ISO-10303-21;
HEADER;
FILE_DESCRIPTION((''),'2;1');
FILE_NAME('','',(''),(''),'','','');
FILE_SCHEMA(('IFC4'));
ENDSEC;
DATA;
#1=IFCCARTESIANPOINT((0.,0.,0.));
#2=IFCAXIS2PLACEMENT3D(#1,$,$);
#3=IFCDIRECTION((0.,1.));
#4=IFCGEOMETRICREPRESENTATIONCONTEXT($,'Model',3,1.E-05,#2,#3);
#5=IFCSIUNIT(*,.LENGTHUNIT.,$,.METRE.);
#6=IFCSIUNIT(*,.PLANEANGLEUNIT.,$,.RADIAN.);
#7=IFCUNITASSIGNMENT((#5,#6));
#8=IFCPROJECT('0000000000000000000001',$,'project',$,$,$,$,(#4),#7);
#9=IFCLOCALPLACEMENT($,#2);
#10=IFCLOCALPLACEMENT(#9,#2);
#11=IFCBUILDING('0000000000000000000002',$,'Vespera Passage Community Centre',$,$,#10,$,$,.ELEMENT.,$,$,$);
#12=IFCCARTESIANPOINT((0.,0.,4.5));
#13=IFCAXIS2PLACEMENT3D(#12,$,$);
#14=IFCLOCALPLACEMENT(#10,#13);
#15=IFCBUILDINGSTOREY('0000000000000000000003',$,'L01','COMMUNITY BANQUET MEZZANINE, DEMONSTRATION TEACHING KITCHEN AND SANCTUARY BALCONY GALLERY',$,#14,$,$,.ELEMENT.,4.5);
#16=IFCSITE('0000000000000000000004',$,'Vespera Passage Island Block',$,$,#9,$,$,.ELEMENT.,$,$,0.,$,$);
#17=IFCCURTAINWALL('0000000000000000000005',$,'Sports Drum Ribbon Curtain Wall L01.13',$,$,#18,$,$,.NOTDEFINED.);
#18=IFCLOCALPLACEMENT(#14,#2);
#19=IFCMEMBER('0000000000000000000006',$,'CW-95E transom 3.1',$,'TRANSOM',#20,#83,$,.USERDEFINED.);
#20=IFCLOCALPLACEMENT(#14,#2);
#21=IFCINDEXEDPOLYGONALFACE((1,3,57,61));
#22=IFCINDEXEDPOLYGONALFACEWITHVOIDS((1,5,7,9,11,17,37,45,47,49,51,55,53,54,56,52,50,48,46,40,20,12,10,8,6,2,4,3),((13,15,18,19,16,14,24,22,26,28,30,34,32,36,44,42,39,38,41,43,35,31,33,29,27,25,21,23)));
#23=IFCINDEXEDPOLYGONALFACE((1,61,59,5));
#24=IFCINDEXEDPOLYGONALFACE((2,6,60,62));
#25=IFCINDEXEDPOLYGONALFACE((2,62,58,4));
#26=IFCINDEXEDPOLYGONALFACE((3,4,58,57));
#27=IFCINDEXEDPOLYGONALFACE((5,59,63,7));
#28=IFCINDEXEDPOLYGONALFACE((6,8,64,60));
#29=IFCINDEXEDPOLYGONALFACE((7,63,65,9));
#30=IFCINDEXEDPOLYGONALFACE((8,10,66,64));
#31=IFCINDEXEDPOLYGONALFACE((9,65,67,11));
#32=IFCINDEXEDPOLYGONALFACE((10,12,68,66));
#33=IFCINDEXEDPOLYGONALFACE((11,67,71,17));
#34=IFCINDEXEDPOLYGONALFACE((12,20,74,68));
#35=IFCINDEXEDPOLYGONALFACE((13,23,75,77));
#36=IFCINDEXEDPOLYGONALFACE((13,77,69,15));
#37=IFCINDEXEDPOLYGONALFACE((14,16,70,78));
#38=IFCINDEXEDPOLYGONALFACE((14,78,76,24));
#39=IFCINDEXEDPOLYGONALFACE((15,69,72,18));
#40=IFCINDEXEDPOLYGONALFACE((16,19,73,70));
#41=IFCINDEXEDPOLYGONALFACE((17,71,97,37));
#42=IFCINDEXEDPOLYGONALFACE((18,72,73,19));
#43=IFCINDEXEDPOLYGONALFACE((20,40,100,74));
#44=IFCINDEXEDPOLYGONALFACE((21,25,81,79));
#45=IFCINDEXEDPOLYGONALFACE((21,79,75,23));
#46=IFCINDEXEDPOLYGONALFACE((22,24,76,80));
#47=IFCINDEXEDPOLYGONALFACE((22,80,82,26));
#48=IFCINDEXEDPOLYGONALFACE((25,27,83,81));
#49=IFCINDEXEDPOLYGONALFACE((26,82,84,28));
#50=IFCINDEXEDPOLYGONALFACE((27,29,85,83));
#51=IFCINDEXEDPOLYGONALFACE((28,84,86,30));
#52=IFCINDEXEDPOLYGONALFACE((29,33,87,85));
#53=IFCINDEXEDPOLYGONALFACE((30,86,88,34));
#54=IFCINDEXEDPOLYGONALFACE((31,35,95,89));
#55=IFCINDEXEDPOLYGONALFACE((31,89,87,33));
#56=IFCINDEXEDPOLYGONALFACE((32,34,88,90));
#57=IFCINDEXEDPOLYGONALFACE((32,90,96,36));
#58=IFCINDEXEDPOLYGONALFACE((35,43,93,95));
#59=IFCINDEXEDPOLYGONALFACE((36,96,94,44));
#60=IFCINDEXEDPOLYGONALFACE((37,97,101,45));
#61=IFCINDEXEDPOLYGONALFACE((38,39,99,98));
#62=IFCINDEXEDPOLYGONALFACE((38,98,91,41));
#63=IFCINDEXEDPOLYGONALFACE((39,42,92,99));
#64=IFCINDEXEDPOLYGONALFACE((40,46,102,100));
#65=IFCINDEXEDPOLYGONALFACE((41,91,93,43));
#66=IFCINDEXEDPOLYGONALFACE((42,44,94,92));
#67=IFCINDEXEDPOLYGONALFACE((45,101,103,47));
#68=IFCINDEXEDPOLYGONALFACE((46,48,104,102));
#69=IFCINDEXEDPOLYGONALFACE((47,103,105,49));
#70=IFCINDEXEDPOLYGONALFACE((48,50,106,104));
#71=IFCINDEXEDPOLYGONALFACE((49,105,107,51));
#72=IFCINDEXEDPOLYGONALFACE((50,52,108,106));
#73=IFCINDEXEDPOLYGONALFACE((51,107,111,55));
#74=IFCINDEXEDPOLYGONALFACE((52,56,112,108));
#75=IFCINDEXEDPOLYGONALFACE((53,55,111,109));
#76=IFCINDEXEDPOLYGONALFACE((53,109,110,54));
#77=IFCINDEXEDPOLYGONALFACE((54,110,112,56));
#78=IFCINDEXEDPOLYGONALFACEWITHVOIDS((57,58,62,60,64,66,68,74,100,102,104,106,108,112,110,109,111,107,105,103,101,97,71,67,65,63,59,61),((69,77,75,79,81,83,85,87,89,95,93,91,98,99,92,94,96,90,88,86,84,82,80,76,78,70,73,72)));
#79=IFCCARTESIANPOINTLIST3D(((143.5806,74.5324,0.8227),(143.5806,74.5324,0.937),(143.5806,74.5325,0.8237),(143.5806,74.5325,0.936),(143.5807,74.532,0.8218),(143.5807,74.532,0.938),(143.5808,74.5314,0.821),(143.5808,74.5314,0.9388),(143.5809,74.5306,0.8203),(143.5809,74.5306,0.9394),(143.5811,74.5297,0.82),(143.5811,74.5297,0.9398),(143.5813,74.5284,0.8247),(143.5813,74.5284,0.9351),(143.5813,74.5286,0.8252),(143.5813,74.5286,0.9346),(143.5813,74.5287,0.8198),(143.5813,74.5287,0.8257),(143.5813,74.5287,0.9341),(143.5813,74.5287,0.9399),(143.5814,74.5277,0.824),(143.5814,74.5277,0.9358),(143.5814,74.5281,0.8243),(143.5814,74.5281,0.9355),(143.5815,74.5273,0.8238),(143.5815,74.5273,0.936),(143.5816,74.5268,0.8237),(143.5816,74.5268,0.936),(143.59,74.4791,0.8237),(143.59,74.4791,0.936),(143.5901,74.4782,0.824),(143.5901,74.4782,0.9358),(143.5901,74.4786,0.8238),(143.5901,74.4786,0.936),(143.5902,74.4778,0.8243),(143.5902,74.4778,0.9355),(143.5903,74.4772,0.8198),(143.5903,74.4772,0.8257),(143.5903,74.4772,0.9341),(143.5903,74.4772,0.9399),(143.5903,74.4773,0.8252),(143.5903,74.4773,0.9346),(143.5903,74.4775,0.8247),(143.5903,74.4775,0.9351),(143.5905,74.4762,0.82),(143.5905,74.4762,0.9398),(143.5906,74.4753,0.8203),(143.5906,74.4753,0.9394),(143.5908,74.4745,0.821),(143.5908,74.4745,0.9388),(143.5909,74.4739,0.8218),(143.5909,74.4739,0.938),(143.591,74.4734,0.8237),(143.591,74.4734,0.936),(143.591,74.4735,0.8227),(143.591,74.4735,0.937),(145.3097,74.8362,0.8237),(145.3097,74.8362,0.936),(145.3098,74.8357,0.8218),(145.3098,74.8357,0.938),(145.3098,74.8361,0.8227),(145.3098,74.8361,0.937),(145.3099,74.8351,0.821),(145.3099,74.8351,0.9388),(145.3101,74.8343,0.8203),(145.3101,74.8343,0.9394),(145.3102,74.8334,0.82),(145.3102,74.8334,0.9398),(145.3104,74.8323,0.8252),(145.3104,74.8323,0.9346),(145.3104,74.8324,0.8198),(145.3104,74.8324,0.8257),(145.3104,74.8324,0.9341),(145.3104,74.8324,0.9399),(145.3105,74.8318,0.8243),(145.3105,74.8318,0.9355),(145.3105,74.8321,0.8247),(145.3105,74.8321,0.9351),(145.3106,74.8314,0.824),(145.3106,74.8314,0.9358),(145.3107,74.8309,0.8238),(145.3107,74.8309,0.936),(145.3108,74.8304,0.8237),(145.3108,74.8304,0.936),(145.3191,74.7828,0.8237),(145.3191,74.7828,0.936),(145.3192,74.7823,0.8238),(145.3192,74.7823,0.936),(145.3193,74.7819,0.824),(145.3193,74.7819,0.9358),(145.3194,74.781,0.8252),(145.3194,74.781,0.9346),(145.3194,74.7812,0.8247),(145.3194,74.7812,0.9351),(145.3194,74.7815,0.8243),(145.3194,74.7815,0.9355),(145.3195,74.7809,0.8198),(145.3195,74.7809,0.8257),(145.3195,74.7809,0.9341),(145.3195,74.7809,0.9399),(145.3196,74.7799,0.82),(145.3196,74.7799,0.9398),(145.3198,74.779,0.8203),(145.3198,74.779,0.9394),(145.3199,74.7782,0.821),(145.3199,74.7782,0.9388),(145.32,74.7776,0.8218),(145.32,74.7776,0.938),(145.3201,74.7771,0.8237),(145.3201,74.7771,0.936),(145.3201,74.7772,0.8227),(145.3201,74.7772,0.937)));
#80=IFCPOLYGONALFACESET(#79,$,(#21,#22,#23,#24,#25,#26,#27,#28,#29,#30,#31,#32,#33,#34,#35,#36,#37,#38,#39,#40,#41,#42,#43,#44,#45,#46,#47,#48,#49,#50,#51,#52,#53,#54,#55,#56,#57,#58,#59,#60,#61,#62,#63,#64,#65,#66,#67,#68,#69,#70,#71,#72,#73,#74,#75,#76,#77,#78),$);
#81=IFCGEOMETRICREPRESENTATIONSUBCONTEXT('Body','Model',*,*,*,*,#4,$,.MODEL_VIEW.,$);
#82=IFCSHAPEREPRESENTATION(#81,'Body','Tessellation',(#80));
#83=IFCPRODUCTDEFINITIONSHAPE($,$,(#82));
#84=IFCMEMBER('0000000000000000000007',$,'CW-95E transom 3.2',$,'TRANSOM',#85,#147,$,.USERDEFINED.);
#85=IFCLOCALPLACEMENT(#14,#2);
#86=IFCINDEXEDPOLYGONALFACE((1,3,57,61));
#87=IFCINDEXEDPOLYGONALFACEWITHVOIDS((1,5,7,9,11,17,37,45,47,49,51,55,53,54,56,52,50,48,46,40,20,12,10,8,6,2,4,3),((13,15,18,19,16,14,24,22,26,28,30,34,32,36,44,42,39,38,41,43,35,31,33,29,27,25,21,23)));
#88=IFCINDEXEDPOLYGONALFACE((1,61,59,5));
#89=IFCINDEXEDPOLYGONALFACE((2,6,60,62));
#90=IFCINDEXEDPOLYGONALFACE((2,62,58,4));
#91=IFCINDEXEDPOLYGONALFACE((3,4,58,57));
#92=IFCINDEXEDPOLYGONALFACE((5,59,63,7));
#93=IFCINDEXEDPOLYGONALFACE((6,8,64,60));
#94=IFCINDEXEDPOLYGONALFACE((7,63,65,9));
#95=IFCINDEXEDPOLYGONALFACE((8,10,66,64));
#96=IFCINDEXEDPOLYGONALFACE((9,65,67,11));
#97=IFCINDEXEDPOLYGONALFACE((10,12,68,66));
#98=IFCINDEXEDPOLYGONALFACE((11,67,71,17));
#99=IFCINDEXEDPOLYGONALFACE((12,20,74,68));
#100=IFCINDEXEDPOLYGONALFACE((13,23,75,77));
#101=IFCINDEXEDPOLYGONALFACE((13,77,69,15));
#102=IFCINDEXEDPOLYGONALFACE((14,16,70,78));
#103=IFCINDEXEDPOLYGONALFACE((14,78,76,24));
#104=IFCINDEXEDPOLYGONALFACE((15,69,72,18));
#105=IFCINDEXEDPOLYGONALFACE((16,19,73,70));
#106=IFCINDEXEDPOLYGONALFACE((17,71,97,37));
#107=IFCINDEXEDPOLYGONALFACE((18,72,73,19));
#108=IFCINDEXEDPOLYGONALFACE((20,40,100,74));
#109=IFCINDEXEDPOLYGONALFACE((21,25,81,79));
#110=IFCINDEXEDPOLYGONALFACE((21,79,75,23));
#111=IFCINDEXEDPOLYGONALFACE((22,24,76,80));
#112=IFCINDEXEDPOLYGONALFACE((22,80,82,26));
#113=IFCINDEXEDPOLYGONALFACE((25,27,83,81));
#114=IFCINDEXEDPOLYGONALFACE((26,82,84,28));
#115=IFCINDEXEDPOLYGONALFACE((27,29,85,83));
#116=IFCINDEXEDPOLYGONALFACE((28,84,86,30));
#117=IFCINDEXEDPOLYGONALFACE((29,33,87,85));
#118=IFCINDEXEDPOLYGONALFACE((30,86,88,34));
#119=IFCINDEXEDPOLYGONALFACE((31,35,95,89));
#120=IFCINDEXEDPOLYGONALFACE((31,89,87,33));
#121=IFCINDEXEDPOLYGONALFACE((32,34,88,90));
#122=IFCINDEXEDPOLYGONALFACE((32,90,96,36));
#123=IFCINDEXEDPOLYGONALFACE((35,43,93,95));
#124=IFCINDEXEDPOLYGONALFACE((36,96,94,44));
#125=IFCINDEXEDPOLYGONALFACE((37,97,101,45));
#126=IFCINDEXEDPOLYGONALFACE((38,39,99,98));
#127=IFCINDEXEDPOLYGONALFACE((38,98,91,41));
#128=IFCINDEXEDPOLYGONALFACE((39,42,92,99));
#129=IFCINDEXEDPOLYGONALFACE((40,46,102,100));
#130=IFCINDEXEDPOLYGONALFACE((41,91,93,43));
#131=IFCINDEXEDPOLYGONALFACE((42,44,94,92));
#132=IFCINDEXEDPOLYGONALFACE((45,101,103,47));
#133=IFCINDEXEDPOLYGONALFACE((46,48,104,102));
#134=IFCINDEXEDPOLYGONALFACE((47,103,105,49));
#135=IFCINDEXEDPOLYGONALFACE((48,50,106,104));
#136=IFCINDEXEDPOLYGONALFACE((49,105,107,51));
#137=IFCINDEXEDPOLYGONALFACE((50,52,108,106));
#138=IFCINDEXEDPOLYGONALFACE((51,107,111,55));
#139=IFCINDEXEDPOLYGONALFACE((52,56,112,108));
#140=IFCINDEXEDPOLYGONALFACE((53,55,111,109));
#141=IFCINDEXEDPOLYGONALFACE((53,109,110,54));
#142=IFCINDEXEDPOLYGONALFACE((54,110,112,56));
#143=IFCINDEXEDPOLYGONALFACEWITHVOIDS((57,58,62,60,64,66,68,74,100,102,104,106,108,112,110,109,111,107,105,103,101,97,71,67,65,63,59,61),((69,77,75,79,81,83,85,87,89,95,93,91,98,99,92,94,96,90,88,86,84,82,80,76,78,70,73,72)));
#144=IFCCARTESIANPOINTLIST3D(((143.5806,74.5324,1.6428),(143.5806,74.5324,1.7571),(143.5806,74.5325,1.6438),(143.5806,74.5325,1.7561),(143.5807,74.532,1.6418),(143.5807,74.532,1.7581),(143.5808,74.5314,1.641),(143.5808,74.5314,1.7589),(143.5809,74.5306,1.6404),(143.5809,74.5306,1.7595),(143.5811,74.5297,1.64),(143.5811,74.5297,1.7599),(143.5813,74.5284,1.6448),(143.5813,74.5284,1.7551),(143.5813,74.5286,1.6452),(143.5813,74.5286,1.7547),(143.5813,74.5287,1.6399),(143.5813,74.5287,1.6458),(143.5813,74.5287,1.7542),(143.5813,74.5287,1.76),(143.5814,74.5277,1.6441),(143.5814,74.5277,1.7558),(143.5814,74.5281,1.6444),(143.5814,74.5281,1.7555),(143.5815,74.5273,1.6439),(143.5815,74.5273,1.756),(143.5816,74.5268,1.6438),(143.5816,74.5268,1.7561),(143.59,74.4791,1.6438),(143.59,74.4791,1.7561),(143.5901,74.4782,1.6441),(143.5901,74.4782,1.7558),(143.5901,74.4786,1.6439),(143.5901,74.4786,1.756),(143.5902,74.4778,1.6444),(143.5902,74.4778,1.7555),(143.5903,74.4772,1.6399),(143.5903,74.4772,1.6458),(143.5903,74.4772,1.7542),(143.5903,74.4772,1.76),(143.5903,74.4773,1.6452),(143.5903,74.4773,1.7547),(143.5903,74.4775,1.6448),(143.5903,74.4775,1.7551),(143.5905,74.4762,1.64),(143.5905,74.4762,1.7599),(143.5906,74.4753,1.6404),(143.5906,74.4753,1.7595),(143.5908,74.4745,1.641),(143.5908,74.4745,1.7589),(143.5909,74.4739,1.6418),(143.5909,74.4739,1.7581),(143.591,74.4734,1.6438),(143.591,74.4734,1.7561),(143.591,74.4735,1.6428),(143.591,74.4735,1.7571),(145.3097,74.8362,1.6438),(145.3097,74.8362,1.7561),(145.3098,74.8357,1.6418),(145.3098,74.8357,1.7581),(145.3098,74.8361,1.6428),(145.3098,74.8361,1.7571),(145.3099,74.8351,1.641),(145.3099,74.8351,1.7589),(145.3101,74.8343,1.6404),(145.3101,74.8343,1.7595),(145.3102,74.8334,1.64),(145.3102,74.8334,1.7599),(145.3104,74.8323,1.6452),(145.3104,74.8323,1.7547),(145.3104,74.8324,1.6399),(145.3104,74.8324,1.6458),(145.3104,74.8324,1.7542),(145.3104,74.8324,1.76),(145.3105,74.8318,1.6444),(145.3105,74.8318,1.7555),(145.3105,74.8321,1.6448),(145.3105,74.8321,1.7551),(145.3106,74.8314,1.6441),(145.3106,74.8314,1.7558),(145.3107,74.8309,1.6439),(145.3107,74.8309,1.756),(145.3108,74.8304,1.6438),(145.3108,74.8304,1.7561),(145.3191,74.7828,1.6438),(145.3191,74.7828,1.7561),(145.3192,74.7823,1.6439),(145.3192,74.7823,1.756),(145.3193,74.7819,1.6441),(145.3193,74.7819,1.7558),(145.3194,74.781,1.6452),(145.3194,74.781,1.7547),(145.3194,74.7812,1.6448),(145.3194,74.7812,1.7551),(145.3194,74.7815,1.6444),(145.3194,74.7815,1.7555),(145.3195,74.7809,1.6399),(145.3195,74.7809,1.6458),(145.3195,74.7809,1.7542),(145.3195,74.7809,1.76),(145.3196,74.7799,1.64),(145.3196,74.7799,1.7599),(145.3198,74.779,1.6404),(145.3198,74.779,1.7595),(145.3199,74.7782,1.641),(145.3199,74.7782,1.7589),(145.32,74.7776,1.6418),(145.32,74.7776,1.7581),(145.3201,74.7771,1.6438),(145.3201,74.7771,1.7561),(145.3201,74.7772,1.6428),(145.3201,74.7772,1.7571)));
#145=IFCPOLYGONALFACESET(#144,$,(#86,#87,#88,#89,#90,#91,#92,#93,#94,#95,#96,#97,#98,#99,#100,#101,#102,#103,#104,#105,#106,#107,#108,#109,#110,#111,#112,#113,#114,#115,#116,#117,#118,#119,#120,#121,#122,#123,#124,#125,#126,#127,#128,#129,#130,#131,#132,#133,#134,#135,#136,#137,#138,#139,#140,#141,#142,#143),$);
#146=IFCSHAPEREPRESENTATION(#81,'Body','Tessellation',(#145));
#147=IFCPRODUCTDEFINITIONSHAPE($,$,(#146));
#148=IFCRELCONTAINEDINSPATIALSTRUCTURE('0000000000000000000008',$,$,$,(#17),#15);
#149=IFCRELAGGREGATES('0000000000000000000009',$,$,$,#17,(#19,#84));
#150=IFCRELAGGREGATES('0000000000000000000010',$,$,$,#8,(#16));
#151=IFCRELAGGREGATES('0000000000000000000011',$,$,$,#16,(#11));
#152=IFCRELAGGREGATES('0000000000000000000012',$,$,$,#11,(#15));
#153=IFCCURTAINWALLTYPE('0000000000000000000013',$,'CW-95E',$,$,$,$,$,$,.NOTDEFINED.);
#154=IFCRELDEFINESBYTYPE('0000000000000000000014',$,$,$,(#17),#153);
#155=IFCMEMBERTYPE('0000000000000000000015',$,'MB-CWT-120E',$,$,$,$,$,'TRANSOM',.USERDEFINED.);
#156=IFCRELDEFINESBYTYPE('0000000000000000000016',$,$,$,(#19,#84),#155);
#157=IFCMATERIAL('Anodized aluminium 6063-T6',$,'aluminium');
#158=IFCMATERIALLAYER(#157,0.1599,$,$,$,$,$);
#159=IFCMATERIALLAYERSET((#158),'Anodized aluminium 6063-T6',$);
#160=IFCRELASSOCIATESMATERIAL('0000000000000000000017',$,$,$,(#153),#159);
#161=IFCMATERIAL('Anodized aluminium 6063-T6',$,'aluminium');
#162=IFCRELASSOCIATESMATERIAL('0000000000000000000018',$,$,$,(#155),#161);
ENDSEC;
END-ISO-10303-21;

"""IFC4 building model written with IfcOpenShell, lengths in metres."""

from ifc_helpers import new_model, si_unit, direction, frame, origin, origin_2d, place, context, subcontext, project, spatial, hollow_rectangle, extrude, material, layer, layer_set, material_profile, profile_set, type_object, element, aggregate, save


model = new_model("IFC4")

# Units and contexts
model_context = context("Model", 3, precision=1e-05, world=origin(), true_north=direction((0.0, 1.0)))
body_context = subcontext(model_context, "Body", "Model", "MODEL_VIEW")
ifc_project = project(units=[si_unit("LENGTHUNIT", "METRE"), si_unit("PLANEANGLEUNIT", "RADIAN")], contexts=[model_context])

# Site, building, storey
site_placement = place(None, origin())
site = spatial("IfcSite", under=ifc_project, at=site_placement, Name="Vespera Passage Island Block", CompositionType="ELEMENT", RefElevation=0.0)
building_placement = place(site_placement, origin())
building = spatial("IfcBuilding", under=site, at=building_placement, Name="Vespera Passage Community Centre", CompositionType="ELEMENT")
storey_placement = place(building_placement, frame((0.0, 0.0, 4.5)))
storey = spatial("IfcBuildingStorey", under=building, at=storey_placement, Name="L01", Description="COMMUNITY BANQUET MEZZANINE, DEMONSTRATION TEACHING KITCHEN AND SANCTUARY BALCONY GALLERY", CompositionType="ELEMENT", Elevation=4.5)

# Curtain wall
ifc_material_1 = material(Name="Anodized aluminium 6063-T6", Category="aluminium")
ifc_layer_1 = layer(ifc_material_1, 0.1599)
ifc_layer_set_1 = layer_set([ifc_layer_1], Name="Anodized aluminium 6063-T6")
curtain_wall_type_1 = type_object("IfcCurtainWallType", Name="CW-95E", PredefinedType="NOTDEFINED", material=ifc_layer_set_1)
curtain_wall_1_placement = place(storey_placement, origin())
curtain_wall_1 = element("IfcCurtainWall", 1, at=curtain_wall_1_placement, inside=storey, type_object=curtain_wall_type_1, Name="Sports Drum Ribbon Curtain Wall L01.13", PredefinedType="NOTDEFINED")

# Members
ifc_material_2 = material(Name="Anodized aluminium 6063-T6", Category="aluminium")
ifc_material_profile_1 = material_profile(ifc_material_2, hollow_rectangle(XDim=0.0601, YDim=0.1201, WallThickness=0.0039, InnerFilletRadius=0.002, OuterFilletRadius=0.0039, at=origin_2d()), Name="ALU120X60X4")
ifc_profile_set_1 = profile_set([ifc_material_profile_1], Name="Anodized aluminium 6063-T6")
member_type_1 = type_object("IfcMemberType", Name="MB-CWT-120E", ElementType="TRANSOM", PredefinedType="USERDEFINED", material=ifc_profile_set_1)
member_1_placement = place(storey_placement, frame((145.3149, 74.8066, 0.8799), z_axis=(-0.984925, -0.172984, 0.0), x_axis=(0.172984, -0.984925, 0.0)))
member_1 = element("IfcMember", 2, at=member_1_placement, type_object=member_type_1, Name="CW-95E transom 3.1", ObjectType="TRANSOM", PredefinedType="USERDEFINED", context=body_context, shape_type="SweptSolid", body=[
    extrude(hollow_rectangle(XDim=0.0601, YDim=0.1201, WallThickness=0.0039, InnerFilletRadius=0.002, OuterFilletRadius=0.0039, at=origin_2d()), origin(), (0.0, 0.0, 1.0), 1.7556),
])
member_2_placement = place(storey_placement, frame((145.3149, 74.8066, 1.7), z_axis=(-0.984925, -0.172984, 0.0), x_axis=(0.172984, -0.984925, 0.0)))
member_2 = element("IfcMember", 3, at=member_2_placement, type_object=member_type_1, Name="CW-95E transom 3.2", ObjectType="TRANSOM", PredefinedType="USERDEFINED", context=body_context, shape_type="SweptSolid", body=[
    extrude(hollow_rectangle(XDim=0.0601, YDim=0.1201, WallThickness=0.0039, InnerFilletRadius=0.002, OuterFilletRadius=0.0039, at=origin_2d()), origin(), (0.0, 0.0, 1.0), 1.7556),
])

aggregate(curtain_wall_1, [member_1, member_2])

save(model, "model.ifc")
